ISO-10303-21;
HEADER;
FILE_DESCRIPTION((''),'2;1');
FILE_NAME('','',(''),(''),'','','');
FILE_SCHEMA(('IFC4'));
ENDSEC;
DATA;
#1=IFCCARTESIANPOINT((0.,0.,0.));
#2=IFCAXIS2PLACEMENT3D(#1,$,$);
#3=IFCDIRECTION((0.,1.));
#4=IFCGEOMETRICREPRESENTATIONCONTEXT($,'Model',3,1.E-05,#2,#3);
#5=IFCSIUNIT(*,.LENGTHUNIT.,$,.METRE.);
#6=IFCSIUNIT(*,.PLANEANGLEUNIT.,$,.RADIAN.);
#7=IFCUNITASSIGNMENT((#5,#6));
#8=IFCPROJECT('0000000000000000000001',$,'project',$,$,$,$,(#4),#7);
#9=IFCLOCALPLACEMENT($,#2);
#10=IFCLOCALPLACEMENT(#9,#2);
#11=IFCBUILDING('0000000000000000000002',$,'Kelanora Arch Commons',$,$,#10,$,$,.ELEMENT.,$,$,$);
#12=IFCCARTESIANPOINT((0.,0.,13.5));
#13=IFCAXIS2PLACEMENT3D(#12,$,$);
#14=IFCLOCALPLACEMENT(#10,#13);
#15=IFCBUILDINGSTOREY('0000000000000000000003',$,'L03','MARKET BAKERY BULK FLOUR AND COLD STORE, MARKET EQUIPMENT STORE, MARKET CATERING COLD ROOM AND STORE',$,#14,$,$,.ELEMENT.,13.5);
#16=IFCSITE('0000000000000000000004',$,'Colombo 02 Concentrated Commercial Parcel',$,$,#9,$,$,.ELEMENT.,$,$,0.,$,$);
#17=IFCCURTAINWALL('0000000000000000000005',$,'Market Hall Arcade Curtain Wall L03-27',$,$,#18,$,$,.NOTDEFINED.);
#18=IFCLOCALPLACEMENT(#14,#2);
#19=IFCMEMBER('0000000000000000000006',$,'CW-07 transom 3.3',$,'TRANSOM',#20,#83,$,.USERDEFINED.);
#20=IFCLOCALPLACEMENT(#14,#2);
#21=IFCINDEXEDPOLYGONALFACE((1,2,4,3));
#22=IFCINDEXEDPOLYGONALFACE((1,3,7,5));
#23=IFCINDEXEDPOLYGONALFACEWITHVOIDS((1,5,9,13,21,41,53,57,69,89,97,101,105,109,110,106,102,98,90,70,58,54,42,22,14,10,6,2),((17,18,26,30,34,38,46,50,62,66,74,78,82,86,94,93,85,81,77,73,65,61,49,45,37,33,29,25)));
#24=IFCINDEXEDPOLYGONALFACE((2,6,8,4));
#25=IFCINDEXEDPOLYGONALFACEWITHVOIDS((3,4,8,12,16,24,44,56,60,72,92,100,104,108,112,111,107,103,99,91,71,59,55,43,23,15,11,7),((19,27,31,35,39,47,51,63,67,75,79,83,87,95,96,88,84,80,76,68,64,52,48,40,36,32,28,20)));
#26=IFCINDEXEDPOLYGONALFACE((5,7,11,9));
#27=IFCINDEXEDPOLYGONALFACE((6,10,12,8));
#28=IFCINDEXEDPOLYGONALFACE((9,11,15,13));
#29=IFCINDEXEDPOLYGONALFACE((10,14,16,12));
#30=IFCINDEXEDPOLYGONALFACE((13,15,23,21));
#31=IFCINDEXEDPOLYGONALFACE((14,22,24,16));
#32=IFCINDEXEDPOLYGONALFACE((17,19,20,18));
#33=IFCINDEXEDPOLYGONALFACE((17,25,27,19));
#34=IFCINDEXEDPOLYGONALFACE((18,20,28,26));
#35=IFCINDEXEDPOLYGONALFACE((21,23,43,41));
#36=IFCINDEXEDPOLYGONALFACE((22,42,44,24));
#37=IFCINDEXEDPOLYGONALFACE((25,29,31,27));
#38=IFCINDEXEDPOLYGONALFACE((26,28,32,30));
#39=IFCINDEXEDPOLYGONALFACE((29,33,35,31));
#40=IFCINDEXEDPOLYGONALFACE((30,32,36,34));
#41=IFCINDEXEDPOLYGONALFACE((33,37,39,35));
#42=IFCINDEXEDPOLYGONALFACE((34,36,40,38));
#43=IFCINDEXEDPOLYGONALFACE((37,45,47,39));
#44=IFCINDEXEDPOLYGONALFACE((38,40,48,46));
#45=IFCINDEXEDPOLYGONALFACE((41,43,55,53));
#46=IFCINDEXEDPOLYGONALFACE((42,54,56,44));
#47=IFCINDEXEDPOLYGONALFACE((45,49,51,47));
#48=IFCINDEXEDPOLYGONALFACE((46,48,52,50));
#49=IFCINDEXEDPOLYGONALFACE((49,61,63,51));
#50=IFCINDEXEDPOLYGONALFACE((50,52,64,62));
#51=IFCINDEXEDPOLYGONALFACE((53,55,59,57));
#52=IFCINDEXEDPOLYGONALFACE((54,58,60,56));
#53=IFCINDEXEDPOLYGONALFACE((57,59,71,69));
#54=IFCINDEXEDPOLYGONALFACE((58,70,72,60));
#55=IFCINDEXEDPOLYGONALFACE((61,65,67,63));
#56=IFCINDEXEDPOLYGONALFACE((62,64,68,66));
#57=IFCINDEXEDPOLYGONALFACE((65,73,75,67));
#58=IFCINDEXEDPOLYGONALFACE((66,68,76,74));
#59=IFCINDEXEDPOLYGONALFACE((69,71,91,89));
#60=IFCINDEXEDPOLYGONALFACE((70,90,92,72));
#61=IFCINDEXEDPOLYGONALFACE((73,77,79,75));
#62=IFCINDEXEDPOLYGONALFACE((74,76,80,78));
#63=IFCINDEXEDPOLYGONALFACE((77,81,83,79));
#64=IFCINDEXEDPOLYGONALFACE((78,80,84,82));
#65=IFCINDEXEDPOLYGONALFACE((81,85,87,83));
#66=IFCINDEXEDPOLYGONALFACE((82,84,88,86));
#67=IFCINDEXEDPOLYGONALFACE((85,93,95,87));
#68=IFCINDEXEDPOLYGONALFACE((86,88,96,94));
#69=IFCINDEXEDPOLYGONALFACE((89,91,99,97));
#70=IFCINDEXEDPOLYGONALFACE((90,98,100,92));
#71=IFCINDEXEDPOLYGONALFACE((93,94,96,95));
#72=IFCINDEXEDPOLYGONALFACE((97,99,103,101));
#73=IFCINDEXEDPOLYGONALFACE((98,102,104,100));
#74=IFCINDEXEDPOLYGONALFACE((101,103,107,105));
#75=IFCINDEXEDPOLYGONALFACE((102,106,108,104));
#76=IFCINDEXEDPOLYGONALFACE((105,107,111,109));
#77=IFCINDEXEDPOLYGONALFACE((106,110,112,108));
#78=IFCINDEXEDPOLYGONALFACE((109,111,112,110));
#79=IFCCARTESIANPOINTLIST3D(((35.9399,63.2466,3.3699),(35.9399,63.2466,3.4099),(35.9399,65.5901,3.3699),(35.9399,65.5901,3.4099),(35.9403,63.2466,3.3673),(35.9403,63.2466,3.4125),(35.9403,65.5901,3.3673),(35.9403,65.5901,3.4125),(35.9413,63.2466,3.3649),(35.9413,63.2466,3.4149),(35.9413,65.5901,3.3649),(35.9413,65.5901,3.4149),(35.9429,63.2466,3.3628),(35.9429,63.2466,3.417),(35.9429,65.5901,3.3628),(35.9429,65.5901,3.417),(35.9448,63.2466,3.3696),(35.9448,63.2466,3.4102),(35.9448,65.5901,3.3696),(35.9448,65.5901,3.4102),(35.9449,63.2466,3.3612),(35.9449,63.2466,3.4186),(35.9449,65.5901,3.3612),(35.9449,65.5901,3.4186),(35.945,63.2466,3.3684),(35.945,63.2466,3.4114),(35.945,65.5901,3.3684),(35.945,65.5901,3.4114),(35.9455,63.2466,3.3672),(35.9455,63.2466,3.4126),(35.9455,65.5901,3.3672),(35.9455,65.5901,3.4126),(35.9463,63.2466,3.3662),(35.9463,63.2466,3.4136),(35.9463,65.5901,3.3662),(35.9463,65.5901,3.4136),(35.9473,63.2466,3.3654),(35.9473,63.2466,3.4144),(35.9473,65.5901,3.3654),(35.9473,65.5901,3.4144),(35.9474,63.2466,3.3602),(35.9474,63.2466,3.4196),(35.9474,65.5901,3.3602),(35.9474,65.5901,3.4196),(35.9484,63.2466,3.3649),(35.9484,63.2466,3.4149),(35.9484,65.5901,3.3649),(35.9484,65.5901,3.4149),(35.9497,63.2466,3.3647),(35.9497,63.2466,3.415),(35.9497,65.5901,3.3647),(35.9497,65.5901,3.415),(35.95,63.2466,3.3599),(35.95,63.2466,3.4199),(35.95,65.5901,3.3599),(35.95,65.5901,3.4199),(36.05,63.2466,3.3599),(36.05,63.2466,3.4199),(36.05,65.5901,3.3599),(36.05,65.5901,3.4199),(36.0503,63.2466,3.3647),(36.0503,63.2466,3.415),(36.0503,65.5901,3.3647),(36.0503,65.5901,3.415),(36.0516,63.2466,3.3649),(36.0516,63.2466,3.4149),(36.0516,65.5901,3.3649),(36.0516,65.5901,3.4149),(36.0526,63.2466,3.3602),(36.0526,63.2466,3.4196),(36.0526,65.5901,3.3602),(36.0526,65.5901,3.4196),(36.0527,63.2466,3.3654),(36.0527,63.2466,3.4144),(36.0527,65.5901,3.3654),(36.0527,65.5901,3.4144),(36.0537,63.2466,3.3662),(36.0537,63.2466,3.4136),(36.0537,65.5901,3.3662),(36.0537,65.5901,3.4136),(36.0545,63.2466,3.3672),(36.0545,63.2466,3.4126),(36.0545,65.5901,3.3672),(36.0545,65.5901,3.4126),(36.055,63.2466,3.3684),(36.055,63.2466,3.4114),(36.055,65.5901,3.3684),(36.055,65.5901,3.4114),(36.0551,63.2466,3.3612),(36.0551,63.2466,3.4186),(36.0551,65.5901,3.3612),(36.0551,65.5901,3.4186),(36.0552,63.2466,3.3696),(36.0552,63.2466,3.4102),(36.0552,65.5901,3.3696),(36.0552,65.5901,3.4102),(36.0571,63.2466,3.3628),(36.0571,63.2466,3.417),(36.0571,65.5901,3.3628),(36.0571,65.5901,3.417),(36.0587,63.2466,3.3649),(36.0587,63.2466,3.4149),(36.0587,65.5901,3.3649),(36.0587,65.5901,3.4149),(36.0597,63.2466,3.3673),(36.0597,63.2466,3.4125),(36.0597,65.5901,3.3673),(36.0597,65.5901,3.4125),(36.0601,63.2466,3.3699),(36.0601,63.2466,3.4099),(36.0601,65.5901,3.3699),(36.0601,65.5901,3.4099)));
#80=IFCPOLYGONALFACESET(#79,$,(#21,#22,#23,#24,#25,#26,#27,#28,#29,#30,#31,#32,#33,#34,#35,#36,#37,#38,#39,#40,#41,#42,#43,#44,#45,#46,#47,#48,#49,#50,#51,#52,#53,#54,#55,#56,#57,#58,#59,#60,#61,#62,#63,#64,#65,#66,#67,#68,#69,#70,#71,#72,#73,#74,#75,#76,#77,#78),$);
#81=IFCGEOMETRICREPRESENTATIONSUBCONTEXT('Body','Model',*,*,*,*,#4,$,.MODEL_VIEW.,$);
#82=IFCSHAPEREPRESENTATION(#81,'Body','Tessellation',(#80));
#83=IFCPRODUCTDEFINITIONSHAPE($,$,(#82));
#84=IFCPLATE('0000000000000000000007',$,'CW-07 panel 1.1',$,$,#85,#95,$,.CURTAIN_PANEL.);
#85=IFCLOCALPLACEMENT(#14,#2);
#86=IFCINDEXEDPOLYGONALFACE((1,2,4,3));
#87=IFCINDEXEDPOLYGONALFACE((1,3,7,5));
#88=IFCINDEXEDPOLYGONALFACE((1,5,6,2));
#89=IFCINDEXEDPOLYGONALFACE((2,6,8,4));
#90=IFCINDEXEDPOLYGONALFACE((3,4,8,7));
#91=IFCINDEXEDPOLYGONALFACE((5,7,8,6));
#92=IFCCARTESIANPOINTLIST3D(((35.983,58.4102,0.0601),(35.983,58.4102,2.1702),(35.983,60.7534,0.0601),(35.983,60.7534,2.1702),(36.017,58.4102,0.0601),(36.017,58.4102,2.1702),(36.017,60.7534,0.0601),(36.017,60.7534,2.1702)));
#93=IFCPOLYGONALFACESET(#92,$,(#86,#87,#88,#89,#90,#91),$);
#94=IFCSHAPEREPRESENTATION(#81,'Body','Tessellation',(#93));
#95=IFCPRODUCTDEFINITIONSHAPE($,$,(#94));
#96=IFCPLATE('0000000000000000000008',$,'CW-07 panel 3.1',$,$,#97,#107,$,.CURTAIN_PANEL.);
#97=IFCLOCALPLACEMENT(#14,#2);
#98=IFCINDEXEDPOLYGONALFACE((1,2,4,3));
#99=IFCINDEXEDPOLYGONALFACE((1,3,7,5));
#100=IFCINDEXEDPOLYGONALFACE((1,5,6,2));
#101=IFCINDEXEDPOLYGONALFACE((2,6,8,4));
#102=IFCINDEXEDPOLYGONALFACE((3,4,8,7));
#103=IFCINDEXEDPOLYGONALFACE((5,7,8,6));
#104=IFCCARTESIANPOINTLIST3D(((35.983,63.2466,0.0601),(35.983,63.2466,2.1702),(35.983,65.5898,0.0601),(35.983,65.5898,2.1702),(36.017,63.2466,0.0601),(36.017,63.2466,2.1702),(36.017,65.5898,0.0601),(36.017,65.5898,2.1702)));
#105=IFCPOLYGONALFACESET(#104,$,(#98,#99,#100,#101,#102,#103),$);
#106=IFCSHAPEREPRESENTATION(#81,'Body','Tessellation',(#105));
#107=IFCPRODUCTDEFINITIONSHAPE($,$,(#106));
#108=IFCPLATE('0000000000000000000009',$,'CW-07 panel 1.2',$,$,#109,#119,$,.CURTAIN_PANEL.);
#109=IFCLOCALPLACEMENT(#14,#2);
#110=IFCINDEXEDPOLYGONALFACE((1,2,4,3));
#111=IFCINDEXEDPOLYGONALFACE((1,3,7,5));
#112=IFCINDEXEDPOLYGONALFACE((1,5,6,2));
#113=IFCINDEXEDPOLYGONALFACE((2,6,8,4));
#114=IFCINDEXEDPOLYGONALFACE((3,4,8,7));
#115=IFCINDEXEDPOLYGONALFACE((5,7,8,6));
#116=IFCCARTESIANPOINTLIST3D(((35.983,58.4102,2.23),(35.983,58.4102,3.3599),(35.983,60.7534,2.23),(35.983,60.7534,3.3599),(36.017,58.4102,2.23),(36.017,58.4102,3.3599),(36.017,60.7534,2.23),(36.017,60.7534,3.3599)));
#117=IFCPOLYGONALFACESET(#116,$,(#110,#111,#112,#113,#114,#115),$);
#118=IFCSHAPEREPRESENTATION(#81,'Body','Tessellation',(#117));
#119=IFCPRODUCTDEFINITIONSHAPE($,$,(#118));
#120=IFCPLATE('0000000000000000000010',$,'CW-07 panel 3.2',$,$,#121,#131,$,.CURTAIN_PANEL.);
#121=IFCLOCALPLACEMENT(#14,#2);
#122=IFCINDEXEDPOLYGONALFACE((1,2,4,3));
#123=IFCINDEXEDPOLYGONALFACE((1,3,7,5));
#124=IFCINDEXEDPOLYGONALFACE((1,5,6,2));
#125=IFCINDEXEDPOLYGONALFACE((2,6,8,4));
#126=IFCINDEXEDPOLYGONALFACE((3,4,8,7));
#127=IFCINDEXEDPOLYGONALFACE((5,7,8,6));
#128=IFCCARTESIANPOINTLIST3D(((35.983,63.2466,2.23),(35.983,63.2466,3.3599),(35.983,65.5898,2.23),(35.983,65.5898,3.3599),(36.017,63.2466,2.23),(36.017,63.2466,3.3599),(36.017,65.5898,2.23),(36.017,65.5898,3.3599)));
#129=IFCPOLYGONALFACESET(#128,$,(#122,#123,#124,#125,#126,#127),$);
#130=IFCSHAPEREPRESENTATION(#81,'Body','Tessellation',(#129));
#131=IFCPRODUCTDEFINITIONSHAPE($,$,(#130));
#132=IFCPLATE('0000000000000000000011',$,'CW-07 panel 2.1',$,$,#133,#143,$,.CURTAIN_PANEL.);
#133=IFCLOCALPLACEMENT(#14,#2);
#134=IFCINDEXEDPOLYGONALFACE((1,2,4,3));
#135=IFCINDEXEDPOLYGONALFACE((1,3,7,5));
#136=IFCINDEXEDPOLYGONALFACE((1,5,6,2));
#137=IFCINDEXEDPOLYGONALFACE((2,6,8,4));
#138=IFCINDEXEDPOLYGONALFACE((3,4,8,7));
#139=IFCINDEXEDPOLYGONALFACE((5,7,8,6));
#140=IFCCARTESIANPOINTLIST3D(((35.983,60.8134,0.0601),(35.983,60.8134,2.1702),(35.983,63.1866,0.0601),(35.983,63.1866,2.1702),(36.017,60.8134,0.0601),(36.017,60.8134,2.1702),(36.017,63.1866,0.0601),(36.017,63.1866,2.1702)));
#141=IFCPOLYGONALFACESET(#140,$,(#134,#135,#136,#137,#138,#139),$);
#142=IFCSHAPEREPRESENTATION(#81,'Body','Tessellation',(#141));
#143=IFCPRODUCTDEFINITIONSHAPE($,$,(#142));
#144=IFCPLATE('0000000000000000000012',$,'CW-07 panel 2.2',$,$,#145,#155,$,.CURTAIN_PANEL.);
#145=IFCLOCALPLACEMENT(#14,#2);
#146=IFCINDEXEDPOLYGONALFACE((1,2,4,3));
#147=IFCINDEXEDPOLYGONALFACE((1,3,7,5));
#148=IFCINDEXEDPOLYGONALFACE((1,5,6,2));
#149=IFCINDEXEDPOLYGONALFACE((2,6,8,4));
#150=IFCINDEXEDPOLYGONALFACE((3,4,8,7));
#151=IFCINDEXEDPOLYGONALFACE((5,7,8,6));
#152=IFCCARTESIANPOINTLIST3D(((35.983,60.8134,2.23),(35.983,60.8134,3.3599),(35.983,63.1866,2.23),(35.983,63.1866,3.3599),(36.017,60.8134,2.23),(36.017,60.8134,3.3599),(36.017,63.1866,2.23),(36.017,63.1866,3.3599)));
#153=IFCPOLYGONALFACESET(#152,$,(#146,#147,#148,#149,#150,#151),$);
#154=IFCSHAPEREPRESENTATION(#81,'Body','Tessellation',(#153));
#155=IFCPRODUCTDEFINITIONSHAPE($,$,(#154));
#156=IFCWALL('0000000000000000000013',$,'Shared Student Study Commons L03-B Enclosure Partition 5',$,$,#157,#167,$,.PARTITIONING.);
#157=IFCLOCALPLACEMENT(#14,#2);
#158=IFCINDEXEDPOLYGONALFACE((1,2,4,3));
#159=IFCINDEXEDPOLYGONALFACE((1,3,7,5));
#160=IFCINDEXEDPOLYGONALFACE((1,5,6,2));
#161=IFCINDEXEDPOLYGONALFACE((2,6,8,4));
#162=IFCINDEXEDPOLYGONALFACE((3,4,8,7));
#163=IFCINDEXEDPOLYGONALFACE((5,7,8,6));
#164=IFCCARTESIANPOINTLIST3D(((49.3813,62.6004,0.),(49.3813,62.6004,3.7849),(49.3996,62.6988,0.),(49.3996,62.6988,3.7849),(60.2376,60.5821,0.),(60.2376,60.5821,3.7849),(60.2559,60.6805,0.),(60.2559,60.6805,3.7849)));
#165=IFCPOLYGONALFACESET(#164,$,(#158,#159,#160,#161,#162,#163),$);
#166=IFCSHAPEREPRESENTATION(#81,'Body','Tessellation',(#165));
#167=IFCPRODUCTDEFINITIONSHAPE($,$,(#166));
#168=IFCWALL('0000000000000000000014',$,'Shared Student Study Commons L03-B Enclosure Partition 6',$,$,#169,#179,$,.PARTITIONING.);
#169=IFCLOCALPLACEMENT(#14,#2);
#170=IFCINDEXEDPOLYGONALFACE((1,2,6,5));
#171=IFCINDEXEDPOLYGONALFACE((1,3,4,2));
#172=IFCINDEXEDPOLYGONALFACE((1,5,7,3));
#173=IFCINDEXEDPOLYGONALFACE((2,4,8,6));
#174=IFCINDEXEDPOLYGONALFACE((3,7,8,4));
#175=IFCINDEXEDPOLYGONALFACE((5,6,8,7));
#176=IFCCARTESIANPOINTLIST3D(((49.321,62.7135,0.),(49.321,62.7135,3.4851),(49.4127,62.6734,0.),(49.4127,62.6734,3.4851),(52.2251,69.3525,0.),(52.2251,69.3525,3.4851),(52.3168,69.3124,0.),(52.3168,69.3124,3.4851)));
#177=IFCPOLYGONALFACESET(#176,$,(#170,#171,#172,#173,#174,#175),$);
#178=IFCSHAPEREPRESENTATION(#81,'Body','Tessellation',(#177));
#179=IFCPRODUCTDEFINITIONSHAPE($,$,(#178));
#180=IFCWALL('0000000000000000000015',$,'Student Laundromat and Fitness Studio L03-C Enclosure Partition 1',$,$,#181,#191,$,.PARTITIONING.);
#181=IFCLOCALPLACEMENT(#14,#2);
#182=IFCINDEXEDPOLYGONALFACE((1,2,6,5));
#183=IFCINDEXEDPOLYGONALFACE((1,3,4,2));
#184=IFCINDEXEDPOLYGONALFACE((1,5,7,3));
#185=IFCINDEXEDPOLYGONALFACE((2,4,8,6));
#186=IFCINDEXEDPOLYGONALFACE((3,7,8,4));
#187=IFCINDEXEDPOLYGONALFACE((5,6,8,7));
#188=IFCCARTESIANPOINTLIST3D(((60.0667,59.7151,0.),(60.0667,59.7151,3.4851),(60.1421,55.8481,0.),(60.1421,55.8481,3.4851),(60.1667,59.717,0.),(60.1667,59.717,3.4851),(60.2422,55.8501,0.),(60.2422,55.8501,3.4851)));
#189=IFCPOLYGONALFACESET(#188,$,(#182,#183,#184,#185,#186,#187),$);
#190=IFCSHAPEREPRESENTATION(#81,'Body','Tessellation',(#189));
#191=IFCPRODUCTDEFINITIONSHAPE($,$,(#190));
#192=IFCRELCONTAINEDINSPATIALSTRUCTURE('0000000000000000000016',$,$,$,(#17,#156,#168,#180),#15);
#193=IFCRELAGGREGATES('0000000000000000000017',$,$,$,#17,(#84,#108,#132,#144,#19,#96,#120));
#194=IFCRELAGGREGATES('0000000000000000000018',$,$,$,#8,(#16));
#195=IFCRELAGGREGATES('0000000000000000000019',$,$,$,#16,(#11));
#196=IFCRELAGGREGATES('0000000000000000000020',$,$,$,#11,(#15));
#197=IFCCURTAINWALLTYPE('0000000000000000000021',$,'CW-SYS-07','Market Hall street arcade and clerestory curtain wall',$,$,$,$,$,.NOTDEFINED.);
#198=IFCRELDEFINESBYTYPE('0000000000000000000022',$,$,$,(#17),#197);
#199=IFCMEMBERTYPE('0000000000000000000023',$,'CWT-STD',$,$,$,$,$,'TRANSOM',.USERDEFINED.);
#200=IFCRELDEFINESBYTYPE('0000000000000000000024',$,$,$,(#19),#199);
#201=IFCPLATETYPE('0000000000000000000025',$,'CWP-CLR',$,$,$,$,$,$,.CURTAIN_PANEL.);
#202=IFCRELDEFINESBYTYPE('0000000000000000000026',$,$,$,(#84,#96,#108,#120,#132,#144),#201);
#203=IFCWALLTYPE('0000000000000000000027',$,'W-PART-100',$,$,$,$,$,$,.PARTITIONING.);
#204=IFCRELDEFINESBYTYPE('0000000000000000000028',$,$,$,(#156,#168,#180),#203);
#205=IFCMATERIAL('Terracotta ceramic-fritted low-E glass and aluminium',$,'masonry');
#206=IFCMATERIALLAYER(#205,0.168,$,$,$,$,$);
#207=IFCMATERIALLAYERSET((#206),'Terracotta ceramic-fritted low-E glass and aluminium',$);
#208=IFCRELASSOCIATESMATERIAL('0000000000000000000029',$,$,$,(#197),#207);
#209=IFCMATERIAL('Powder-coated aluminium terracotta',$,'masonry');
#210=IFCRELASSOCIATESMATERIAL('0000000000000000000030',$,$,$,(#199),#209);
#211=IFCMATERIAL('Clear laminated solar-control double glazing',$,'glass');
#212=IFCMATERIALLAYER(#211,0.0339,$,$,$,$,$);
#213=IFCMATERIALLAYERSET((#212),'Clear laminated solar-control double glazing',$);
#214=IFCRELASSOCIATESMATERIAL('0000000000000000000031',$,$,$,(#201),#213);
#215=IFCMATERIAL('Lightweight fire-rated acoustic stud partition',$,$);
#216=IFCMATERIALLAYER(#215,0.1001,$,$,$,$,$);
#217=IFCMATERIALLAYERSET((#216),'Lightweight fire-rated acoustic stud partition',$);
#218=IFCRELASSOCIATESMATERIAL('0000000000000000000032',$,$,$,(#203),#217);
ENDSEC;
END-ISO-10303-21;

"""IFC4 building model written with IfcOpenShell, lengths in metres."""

from ifc_helpers import new_model, si_unit, direction, frame, frame_2d, origin, origin_2d, place, context, subcontext, project, spatial, rectangle, hollow_rectangle, extrude, source, transform, mapped, material, layer, layer_set, material_profile, profile_set, type_object, element, aggregate, save


model = new_model("IFC4")

# Units and contexts
model_context = context("Model", 3, precision=1e-05, world=origin(), true_north=direction((0.0, 1.0)))
body_context = subcontext(model_context, "Body", "Model", "MODEL_VIEW")
ifc_project = project(units=[si_unit("LENGTHUNIT", "METRE"), si_unit("PLANEANGLEUNIT", "RADIAN")], contexts=[model_context])

# Site, building, storey
site_placement = place(None, origin())
site = spatial("IfcSite", under=ifc_project, at=site_placement, Name="Colombo 02 Concentrated Commercial Parcel", CompositionType="ELEMENT", RefElevation=0.0)
building_placement = place(site_placement, origin())
building = spatial("IfcBuilding", under=site, at=building_placement, Name="Kelanora Arch Commons", CompositionType="ELEMENT")
storey_placement = place(building_placement, frame((0.0, 0.0, 13.5)))
storey = spatial("IfcBuildingStorey", under=building, at=storey_placement, Name="L03", Description="MARKET BAKERY BULK FLOUR AND COLD STORE, MARKET EQUIPMENT STORE, MARKET CATERING COLD ROOM AND STORE", CompositionType="ELEMENT", Elevation=13.5)

# Curtain wall, member, plates
ifc_material_1 = material(Name="Terracotta ceramic-fritted low-E glass and aluminium", Category="masonry")
ifc_layer_1 = layer(ifc_material_1, 0.168)
ifc_layer_set_1 = layer_set([ifc_layer_1], Name="Terracotta ceramic-fritted low-E glass and aluminium")
curtain_wall_type = type_object("IfcCurtainWallType", Name="CW-SYS-07", Description="Market Hall street arcade and clerestory curtain wall", PredefinedType="NOTDEFINED", material=ifc_layer_set_1)
curtain_wall_placement = place(storey_placement, origin())
curtain_wall = element("IfcCurtainWall", 1, at=curtain_wall_placement, inside=storey, type_object=curtain_wall_type, Name="Market Hall Arcade Curtain Wall L03-27", PredefinedType="NOTDEFINED")
ifc_material_2 = material(Name="Powder-coated aluminium terracotta", Category="masonry")
ifc_material_profile_1 = material_profile(ifc_material_2, hollow_rectangle(XDim=0.1201, YDim=0.0601, WallThickness=0.0049, InnerFilletRadius=0.0049, OuterFilletRadius=0.01, at=origin_2d()), Name="CWT120x60")
ifc_profile_set_1 = profile_set([ifc_material_profile_1], Name="Powder-coated aluminium terracotta")
member_type_1 = type_object("IfcMemberType", Name="CWT-STD", ElementType="TRANSOM", PredefinedType="USERDEFINED", material=ifc_profile_set_1)
member_1_placement = place(storey_placement, frame((36.0, 63.2466, 3.3899), z_axis=(0.0, 1.0, 0.0), x_axis=(-1.0, 0.0, 0.0)))
member_1 = element("IfcMember", 2, at=member_1_placement, type_object=member_type_1, Name="CW-07 transom 3.3", ObjectType="TRANSOM", PredefinedType="USERDEFINED", context=body_context, shape_type="SweptSolid", body=[
    extrude(hollow_rectangle(XDim=0.1201, YDim=0.0601, WallThickness=0.0049, InnerFilletRadius=0.0049, OuterFilletRadius=0.01, at=origin_2d()), origin(), (0.0, 0.0, 1.0), 2.3435),
])
ifc_material_3 = material(Name="Clear laminated solar-control double glazing", Category="glass")
ifc_layer_2 = layer(ifc_material_3, 0.0339)
ifc_layer_set_2 = layer_set([ifc_layer_2], Name="Clear laminated solar-control double glazing")
plate_type = type_object("IfcPlateType", Name="CWP-CLR", PredefinedType="CURTAIN_PANEL", material=ifc_layer_set_2)
shared_shape_1 = source(origin(), body_context, "Body", "SweptSolid", [
    extrude(rectangle(XDim=2.3433, YDim=0.0339, at=origin_2d()), origin(), (0.0, 0.0, 1.0), 2.1101),
])
plate_1_placement = place(storey_placement, frame((36.0, 59.5818, 0.0601), z_axis=(0.0, 0.0, 1.0), x_axis=(0.0, 1.0, 0.0)))
plate_1 = element("IfcPlate", 3, at=plate_1_placement, type_object=plate_type, Name="CW-07 panel 1.1", PredefinedType="CURTAIN_PANEL", context=body_context, shape_type="MappedRepresentation", body=[
    mapped(shared_shape_1, transform((0.0, 0.0, 0.0), scale=1.0)),
])
plate_2_placement = place(storey_placement, frame((36.0, 64.4182, 0.0601), z_axis=(0.0, 0.0, 1.0), x_axis=(0.0, 1.0, 0.0)))
plate_2 = element("IfcPlate", 4, at=plate_2_placement, type_object=plate_type, Name="CW-07 panel 3.1", PredefinedType="CURTAIN_PANEL", context=body_context, shape_type="MappedRepresentation", body=[
    mapped(shared_shape_1, transform((0.0, 0.0, 0.0), scale=1.0)),
])
shared_shape_2 = source(origin(), body_context, "Body", "SweptSolid", [
    extrude(rectangle(XDim=2.3433, YDim=0.0339, at=origin_2d()), origin(), (0.0, 0.0, 1.0), 1.1299),
])
plate_3_placement = place(storey_placement, frame((36.0, 59.5818, 2.23), z_axis=(0.0, 0.0, 1.0), x_axis=(0.0, 1.0, 0.0)))
plate_3 = element("IfcPlate", 5, at=plate_3_placement, type_object=plate_type, Name="CW-07 panel 1.2", PredefinedType="CURTAIN_PANEL", context=body_context, shape_type="MappedRepresentation", body=[
    mapped(shared_shape_2, transform((0.0, 0.0, 0.0), scale=1.0)),
])
plate_4_placement = place(storey_placement, frame((36.0, 64.4182, 2.23), z_axis=(0.0, 0.0, 1.0), x_axis=(0.0, 1.0, 0.0)))
plate_4 = element("IfcPlate", 6, at=plate_4_placement, type_object=plate_type, Name="CW-07 panel 3.2", PredefinedType="CURTAIN_PANEL", context=body_context, shape_type="MappedRepresentation", body=[
    mapped(shared_shape_2, transform((0.0, 0.0, 0.0), scale=1.0)),
])
shared_shape_3 = source(origin(), body_context, "Body", "SweptSolid", [
    extrude(rectangle(XDim=2.3733, YDim=0.0339, at=origin_2d()), origin(), (0.0, 0.0, 1.0), 2.1101),
])
plate_5_placement = place(storey_placement, frame((36.0, 62.0, 0.0601), z_axis=(0.0, 0.0, 1.0), x_axis=(0.0, 1.0, 0.0)))
plate_5 = element("IfcPlate", 7, at=plate_5_placement, type_object=plate_type, Name="CW-07 panel 2.1", PredefinedType="CURTAIN_PANEL", context=body_context, shape_type="MappedRepresentation", body=[
    mapped(shared_shape_3, transform((0.0, 0.0, 0.0), scale=1.0)),
])
shared_shape_4 = source(origin(), body_context, "Body", "SweptSolid", [
    extrude(rectangle(XDim=2.3733, YDim=0.0339, at=origin_2d()), origin(), (0.0, 0.0, 1.0), 1.1299),
])
plate_6_placement = place(storey_placement, frame((36.0, 62.0, 2.23), z_axis=(0.0, 0.0, 1.0), x_axis=(0.0, 1.0, 0.0)))
plate_6 = element("IfcPlate", 8, at=plate_6_placement, type_object=plate_type, Name="CW-07 panel 2.2", PredefinedType="CURTAIN_PANEL", context=body_context, shape_type="MappedRepresentation", body=[
    mapped(shared_shape_4, transform((0.0, 0.0, 0.0), scale=1.0)),
])
aggregate(curtain_wall, [plate_1, plate_3, plate_5, plate_6, member_1, plate_2, plate_4])

# Walls
ifc_material_4 = material(Name="Lightweight fire-rated acoustic stud partition")
ifc_layer_3 = layer(ifc_material_4, 0.1001)
ifc_layer_set_3 = layer_set([ifc_layer_3], Name="Lightweight fire-rated acoustic stud partition")
wall_type = type_object("IfcWallType", Name="W-PART-100", PredefinedType="PARTITIONING", material=ifc_layer_set_3)
wall_1_placement = place(storey_placement, frame((60.2466, 60.6313, 0.0), z_axis=(0.0, 0.0, 1.0), x_axis=(-0.983154, 0.182781, 0.0)))
element("IfcWall", 9, at=wall_1_placement, inside=storey, type_object=wall_type, Name="Shared Student Study Commons L03-B Enclosure Partition 5", PredefinedType="PARTITIONING", context=body_context, shape_type="SweptSolid", body=[
    extrude(rectangle(XDim=11.0422, YDim=0.1001, at=frame_2d((5.521, 0.0))), origin(), (0.0, 0.0, 1.0), 3.7849),
])
wall_2_placement = place(storey_placement, frame((49.3669, 62.6936, 0.0), z_axis=(0.0, 0.0, 1.0), x_axis=(0.400764, 0.916181, 0.0)))
element("IfcWall", 10, at=wall_2_placement, inside=storey, type_object=wall_type, Name="Shared Student Study Commons L03-B Enclosure Partition 6", PredefinedType="PARTITIONING", context=body_context, shape_type="SweptSolid", body=[
    extrude(rectangle(XDim=7.2463, YDim=0.1001, at=frame_2d((3.623, 0.0))), origin(), (0.0, 0.0, 1.0), 3.4851),
])
wall_3_placement = place(storey_placement, frame((60.1167, 59.7161, 0.0), z_axis=(0.0, 0.0, 1.0), x_axis=(0.019505, -0.99981, 0.0)))
element("IfcWall", 11, at=wall_3_placement, inside=storey, type_object=wall_type, Name="Student Laundromat and Fitness Studio L03-C Enclosure Partition 1", PredefinedType="PARTITIONING", context=body_context, shape_type="SweptSolid", body=[
    extrude(rectangle(XDim=3.8677, YDim=0.1001, at=frame_2d((1.9338, 0.0))), origin(), (0.0, 0.0, 1.0), 3.4851),
])

save(model, "model.ifc")
